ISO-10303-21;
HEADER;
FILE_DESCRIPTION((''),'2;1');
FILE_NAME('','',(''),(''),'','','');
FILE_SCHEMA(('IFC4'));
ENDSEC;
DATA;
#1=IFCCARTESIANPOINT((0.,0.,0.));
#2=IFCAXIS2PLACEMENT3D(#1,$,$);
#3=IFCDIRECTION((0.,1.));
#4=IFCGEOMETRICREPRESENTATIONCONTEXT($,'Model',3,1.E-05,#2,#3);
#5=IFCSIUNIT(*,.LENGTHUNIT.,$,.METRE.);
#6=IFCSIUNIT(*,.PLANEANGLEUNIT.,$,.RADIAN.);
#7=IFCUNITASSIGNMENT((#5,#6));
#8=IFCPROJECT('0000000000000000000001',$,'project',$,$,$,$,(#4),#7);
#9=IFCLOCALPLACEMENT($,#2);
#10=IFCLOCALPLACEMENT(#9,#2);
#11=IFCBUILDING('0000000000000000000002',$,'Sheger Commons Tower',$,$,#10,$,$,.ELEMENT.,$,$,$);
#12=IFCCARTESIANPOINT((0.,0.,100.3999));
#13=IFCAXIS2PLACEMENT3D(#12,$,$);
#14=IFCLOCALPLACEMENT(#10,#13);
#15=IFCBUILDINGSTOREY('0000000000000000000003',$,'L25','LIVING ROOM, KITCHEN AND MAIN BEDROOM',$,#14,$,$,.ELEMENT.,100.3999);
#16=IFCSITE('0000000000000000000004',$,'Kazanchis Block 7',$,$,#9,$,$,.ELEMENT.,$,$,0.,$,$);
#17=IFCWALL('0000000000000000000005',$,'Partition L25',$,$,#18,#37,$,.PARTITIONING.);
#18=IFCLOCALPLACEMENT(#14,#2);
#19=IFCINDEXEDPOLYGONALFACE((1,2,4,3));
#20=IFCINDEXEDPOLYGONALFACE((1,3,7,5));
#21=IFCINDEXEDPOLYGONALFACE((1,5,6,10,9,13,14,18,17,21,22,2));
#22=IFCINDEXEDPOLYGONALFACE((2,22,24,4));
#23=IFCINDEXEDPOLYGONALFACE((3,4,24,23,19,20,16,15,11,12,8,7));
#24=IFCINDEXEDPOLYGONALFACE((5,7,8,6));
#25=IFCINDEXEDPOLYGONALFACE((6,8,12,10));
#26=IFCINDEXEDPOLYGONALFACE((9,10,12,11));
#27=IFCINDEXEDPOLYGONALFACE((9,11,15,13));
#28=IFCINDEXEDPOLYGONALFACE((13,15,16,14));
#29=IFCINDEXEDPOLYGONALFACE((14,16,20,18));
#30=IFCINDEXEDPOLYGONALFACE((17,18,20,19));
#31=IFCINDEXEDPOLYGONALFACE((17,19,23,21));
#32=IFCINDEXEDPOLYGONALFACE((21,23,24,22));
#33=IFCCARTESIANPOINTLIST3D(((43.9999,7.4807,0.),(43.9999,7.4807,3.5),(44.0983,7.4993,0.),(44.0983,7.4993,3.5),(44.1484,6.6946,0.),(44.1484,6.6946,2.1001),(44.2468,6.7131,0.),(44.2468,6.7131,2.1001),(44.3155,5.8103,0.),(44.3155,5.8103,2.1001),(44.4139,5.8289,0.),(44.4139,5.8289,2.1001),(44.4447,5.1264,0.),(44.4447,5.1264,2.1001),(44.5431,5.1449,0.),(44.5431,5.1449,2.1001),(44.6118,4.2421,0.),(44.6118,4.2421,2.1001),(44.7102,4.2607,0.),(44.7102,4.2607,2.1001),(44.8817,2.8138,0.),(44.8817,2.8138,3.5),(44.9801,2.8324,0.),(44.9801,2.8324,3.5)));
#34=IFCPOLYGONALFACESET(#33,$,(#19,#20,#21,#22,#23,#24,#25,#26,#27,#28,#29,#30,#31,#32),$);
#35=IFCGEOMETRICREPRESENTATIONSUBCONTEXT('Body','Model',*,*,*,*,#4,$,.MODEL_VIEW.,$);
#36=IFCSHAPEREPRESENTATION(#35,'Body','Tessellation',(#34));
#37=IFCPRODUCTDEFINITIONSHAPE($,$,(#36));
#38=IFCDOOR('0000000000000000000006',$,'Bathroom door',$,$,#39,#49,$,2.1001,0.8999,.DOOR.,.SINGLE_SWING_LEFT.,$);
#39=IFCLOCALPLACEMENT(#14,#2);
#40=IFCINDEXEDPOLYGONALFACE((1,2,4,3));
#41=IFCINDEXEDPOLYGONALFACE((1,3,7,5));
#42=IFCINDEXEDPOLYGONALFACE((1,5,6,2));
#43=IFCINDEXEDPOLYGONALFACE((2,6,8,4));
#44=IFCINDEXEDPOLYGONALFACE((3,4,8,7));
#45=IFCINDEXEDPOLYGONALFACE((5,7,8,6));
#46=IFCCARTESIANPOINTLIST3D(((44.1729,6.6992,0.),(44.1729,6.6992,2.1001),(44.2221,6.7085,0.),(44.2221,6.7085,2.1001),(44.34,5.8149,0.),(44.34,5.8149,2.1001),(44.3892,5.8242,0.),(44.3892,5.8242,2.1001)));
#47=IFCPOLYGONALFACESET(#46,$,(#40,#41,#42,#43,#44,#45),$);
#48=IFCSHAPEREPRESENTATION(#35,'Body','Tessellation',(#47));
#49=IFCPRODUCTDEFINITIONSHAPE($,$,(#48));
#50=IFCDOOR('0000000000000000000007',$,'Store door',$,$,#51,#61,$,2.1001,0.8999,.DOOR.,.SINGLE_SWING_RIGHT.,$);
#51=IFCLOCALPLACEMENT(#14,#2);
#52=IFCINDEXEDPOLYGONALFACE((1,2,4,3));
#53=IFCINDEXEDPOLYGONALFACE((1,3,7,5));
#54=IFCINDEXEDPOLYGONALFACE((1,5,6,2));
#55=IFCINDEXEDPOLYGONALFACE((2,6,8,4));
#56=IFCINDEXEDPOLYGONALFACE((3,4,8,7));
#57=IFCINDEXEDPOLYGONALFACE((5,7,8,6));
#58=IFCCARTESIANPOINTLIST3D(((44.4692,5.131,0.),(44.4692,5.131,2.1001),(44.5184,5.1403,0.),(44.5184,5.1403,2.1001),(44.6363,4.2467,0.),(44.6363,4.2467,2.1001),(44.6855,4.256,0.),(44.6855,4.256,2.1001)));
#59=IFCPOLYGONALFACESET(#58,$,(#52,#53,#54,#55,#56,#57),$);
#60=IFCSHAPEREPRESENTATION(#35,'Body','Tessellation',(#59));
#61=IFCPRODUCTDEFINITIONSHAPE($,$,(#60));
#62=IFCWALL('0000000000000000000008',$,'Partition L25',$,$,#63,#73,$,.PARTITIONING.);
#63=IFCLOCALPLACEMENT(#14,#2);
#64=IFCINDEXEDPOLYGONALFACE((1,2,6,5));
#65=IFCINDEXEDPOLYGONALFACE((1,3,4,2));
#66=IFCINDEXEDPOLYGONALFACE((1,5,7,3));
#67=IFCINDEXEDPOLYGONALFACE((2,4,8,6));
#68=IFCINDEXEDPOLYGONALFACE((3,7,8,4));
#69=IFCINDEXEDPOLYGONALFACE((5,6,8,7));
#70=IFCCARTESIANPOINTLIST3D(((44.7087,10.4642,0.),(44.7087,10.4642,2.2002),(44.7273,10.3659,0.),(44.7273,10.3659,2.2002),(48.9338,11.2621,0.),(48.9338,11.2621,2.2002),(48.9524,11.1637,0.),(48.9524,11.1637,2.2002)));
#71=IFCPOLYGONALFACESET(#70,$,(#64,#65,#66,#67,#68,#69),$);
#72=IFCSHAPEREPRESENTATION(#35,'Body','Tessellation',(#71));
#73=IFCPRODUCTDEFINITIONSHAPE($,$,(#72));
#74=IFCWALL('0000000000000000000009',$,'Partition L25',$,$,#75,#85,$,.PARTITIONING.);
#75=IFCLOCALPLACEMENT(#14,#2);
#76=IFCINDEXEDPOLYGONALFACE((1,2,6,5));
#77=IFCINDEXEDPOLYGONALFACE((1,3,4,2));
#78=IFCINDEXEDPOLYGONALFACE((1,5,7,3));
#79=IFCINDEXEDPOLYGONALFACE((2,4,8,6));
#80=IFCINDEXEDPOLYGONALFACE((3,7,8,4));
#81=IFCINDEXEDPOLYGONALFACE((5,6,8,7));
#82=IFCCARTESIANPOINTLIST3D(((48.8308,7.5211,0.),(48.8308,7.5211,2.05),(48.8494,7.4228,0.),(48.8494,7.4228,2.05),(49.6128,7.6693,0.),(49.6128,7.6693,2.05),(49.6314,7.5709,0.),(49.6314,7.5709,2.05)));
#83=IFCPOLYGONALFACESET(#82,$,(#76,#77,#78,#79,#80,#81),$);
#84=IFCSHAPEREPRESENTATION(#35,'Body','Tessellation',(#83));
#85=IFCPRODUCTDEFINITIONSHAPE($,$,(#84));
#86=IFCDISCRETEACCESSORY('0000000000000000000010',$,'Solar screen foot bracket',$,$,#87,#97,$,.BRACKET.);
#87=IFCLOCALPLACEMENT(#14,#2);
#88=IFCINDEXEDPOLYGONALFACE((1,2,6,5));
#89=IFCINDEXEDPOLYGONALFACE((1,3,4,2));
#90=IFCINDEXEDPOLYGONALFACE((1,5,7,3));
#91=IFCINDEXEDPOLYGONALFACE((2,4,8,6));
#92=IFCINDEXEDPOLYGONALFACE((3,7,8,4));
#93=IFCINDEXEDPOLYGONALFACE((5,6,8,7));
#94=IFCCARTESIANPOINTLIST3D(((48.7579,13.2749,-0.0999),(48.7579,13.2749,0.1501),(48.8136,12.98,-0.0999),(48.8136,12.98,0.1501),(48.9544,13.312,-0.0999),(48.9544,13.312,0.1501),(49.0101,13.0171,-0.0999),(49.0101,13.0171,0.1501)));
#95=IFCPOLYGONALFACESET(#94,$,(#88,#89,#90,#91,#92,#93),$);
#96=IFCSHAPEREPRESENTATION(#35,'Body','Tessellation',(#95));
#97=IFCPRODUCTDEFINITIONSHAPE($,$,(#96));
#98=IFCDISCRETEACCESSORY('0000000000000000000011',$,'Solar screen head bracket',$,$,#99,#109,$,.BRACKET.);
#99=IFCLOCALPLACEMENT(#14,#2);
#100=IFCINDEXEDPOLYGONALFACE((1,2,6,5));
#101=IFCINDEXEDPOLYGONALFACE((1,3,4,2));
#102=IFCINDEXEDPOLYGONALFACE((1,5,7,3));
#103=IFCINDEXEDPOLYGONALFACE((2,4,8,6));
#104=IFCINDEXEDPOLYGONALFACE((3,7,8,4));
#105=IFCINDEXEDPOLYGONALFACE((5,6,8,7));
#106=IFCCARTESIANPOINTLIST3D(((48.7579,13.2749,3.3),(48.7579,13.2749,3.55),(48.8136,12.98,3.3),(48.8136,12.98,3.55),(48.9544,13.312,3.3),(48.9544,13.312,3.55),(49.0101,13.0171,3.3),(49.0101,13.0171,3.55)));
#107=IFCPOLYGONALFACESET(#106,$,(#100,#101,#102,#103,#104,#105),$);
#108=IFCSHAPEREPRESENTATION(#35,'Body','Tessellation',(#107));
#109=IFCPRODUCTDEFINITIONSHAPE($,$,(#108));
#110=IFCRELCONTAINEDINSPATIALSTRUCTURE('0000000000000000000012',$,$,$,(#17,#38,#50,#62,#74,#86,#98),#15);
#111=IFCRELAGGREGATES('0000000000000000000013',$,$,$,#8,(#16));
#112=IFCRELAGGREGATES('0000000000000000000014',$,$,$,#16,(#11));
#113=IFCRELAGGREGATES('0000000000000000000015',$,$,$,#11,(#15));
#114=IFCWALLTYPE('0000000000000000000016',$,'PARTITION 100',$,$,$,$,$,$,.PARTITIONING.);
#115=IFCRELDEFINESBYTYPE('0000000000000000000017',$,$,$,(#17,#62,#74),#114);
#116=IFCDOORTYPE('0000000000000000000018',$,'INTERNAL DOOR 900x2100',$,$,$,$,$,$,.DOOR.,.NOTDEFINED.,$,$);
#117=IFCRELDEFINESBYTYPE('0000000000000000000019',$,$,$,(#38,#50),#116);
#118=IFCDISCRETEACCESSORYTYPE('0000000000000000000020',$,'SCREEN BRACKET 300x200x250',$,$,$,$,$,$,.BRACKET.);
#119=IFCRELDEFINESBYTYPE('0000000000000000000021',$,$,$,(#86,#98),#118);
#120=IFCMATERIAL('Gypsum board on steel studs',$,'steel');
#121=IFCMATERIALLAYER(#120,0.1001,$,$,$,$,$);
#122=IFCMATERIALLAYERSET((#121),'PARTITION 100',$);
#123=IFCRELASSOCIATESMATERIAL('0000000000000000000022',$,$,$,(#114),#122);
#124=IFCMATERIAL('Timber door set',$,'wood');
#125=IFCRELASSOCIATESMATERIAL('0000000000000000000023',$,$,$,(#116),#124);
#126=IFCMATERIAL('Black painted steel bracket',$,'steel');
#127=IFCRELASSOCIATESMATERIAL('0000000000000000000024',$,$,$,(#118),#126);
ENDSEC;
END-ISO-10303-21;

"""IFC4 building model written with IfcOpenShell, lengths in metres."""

from ifc_helpers import new_model, si_unit, direction, frame, frame_2d, origin, origin_2d, place, context, subcontext, project, spatial, rectangle, extrude, material, layer, layer_set, type_object, element, fill, save


model = new_model("IFC4")

# Units and contexts
model_context = context("Model", 3, precision=1e-05, world=origin(), true_north=direction((0.0, 1.0)))
body_context = subcontext(model_context, "Body", "Model", "MODEL_VIEW")
ifc_project = project(units=[si_unit("LENGTHUNIT", "METRE"), si_unit("PLANEANGLEUNIT", "RADIAN")], contexts=[model_context])

# Site, building, storey
site_placement = place(None, origin())
site = spatial("IfcSite", under=ifc_project, at=site_placement, Name="Kazanchis Block 7", CompositionType="ELEMENT", RefElevation=0.0)
building_placement = place(site_placement, origin())
building = spatial("IfcBuilding", under=site, at=building_placement, Name="Sheger Commons Tower", CompositionType="ELEMENT")
storey_placement = place(building_placement, frame((0.0, 0.0, 100.3999)))
storey = spatial("IfcBuildingStorey", under=building, at=storey_placement, Name="L25", Description="LIVING ROOM, KITCHEN AND MAIN BEDROOM", CompositionType="ELEMENT", Elevation=100.3999)

# Shared definitions
ifc_material_1 = material(Name="Gypsum board on steel studs", Category="steel")
ifc_layer_1 = layer(ifc_material_1, 0.1001)
ifc_layer_set_1 = layer_set([ifc_layer_1], Name="PARTITION 100")
wall_type_1 = type_object("IfcWallType", Name="PARTITION 100", PredefinedType="PARTITIONING", material=ifc_layer_set_1)

# Wall, openings, doors
ifc_material_2 = material(Name="Timber door set", Category="wood")
door_type = type_object("IfcDoorType", Name="INTERNAL DOOR 900x2100", OperationType="NOTDEFINED", PredefinedType="DOOR", material=ifc_material_2)
wall_1_placement = place(storey_placement, frame((44.0491, 7.49, 0.0), z_axis=(0.0, 0.0, 1.0), x_axis=(0.185666, -0.982613, 0.0)))
wall_1 = element("IfcWall", 1, at=wall_1_placement, inside=storey, type_object=wall_type_1, Name="Partition L25", PredefinedType="PARTITIONING", context=body_context, shape_type="SweptSolid", body=[
    extrude(rectangle(XDim=4.7495, YDim=0.1001, at=frame_2d((2.3748, 0.0))), origin(), (0.0, 0.0, 1.0), 3.5),
])
opening_1_placement = place(wall_1_placement, frame((0.8, 0.0, 0.0)))
opening_1 = element("IfcOpeningElement", 2, at=opening_1_placement, cuts=wall_1, PredefinedType="OPENING", context=body_context, shape_type="SweptSolid", body=[
    extrude(rectangle(XDim=0.8999, YDim=2.1001, at=frame_2d((0.45, 1.05))), frame((0.0, 0.0601, 0.0), z_axis=(0.0, -1.0, 0.0), x_axis=(1.0, 0.0, 0.0)), (0.0, 0.0, 1.0), 0.1201),
])
opening_2_placement = place(wall_1_placement, frame((2.396, 0.0, 0.0)))
opening_2 = element("IfcOpeningElement", 3, at=opening_2_placement, cuts=wall_1, PredefinedType="OPENING", context=body_context, shape_type="SweptSolid", body=[
    extrude(rectangle(XDim=0.8999, YDim=2.1001, at=frame_2d((0.45, 1.05))), frame((0.0, 0.0601, 0.0), z_axis=(0.0, -1.0, 0.0), x_axis=(1.0, 0.0, 0.0)), (0.0, 0.0, 1.0), 0.1201),
])
door_1_placement = place(opening_1_placement, origin())
door_1 = element("IfcDoor", 4, at=door_1_placement, inside=storey, type_object=door_type, Name="Bathroom door", OperationType="SINGLE_SWING_LEFT", OverallHeight=2.1001, OverallWidth=0.8999, PredefinedType="DOOR", context=body_context, shape_type="SweptSolid", body=[
    extrude(rectangle(XDim=0.8999, YDim=2.1001, at=frame_2d((0.45, 1.05))), frame((0.0, 0.0249, 0.0), z_axis=(0.0, -1.0, 0.0), x_axis=(1.0, 0.0, 0.0)), (0.0, 0.0, 1.0), 0.05),
])
fill(opening_1, door_1)
door_2_placement = place(opening_2_placement, origin())
door_2 = element("IfcDoor", 5, at=door_2_placement, inside=storey, type_object=door_type, Name="Store door", OperationType="SINGLE_SWING_RIGHT", OverallHeight=2.1001, OverallWidth=0.8999, PredefinedType="DOOR", context=body_context, shape_type="SweptSolid", body=[
    extrude(rectangle(XDim=0.8999, YDim=2.1001, at=frame_2d((0.45, 1.05))), frame((0.0, 0.0249, 0.0), z_axis=(0.0, -1.0, 0.0), x_axis=(1.0, 0.0, 0.0)), (0.0, 0.0, 1.0), 0.05),
])
fill(opening_2, door_2)

# Walls
wall_2_placement = place(storey_placement, frame((48.9431, 11.2129, 0.0), z_axis=(0.0, 0.0, 1.0), x_axis=(-0.982634, -0.185557, 0.0)))
element("IfcWall", 6, at=wall_2_placement, inside=storey, type_object=wall_type_1, Name="Partition L25", PredefinedType="PARTITIONING", context=body_context, shape_type="SweptSolid", body=[
    extrude(rectangle(XDim=4.2998, YDim=0.1001, at=frame_2d((2.1499, 0.0))), origin(), (0.0, 0.0, 1.0), 2.2002),
])
wall_3_placement = place(storey_placement, frame((49.6221, 7.6201, 0.0), z_axis=(0.0, 0.0, 1.0), x_axis=(-0.982513, -0.186196, 0.0)))
element("IfcWall", 7, at=wall_3_placement, inside=storey, type_object=wall_type_1, Name="Partition L25", PredefinedType="PARTITIONING", context=body_context, shape_type="SweptSolid", body=[
    extrude(rectangle(XDim=0.7959, YDim=0.1001, at=frame_2d((0.3979, 0.0))), origin(), (0.0, 0.0, 1.0), 2.05),
])

# Discrete accessories
ifc_material_3 = material(Name="Black painted steel bracket", Category="steel")
discrete_accessory_type = type_object("IfcDiscreteAccessoryType", Name="SCREEN BRACKET 300x200x250", PredefinedType="BRACKET", material=ifc_material_3)
for number, where, z_axis, x_axis, name in (
    (8, (48.884, 13.146, -0.0999), (0.0, 0.0, 1.0), (-0.185615, 0.982623, 0.0), "Solar screen foot bracket"),
    (9, (48.884, 13.146, 3.3), (0.0, 0.0, 1.0), (-0.185615, 0.982623, 0.0), "Solar screen head bracket"),
):
    element("IfcDiscreteAccessory", number, at=place(storey_placement, frame(where, z_axis=z_axis, x_axis=x_axis)), inside=storey, type_object=discrete_accessory_type, Name=name, PredefinedType="BRACKET", context=body_context, shape_type="SweptSolid", body=[
        extrude(rectangle(XDim=0.3, YDim=0.2, at=origin_2d()), origin(), (0.0, 0.0, 1.0), 0.25),
    ])

save(model, "model.ifc")
